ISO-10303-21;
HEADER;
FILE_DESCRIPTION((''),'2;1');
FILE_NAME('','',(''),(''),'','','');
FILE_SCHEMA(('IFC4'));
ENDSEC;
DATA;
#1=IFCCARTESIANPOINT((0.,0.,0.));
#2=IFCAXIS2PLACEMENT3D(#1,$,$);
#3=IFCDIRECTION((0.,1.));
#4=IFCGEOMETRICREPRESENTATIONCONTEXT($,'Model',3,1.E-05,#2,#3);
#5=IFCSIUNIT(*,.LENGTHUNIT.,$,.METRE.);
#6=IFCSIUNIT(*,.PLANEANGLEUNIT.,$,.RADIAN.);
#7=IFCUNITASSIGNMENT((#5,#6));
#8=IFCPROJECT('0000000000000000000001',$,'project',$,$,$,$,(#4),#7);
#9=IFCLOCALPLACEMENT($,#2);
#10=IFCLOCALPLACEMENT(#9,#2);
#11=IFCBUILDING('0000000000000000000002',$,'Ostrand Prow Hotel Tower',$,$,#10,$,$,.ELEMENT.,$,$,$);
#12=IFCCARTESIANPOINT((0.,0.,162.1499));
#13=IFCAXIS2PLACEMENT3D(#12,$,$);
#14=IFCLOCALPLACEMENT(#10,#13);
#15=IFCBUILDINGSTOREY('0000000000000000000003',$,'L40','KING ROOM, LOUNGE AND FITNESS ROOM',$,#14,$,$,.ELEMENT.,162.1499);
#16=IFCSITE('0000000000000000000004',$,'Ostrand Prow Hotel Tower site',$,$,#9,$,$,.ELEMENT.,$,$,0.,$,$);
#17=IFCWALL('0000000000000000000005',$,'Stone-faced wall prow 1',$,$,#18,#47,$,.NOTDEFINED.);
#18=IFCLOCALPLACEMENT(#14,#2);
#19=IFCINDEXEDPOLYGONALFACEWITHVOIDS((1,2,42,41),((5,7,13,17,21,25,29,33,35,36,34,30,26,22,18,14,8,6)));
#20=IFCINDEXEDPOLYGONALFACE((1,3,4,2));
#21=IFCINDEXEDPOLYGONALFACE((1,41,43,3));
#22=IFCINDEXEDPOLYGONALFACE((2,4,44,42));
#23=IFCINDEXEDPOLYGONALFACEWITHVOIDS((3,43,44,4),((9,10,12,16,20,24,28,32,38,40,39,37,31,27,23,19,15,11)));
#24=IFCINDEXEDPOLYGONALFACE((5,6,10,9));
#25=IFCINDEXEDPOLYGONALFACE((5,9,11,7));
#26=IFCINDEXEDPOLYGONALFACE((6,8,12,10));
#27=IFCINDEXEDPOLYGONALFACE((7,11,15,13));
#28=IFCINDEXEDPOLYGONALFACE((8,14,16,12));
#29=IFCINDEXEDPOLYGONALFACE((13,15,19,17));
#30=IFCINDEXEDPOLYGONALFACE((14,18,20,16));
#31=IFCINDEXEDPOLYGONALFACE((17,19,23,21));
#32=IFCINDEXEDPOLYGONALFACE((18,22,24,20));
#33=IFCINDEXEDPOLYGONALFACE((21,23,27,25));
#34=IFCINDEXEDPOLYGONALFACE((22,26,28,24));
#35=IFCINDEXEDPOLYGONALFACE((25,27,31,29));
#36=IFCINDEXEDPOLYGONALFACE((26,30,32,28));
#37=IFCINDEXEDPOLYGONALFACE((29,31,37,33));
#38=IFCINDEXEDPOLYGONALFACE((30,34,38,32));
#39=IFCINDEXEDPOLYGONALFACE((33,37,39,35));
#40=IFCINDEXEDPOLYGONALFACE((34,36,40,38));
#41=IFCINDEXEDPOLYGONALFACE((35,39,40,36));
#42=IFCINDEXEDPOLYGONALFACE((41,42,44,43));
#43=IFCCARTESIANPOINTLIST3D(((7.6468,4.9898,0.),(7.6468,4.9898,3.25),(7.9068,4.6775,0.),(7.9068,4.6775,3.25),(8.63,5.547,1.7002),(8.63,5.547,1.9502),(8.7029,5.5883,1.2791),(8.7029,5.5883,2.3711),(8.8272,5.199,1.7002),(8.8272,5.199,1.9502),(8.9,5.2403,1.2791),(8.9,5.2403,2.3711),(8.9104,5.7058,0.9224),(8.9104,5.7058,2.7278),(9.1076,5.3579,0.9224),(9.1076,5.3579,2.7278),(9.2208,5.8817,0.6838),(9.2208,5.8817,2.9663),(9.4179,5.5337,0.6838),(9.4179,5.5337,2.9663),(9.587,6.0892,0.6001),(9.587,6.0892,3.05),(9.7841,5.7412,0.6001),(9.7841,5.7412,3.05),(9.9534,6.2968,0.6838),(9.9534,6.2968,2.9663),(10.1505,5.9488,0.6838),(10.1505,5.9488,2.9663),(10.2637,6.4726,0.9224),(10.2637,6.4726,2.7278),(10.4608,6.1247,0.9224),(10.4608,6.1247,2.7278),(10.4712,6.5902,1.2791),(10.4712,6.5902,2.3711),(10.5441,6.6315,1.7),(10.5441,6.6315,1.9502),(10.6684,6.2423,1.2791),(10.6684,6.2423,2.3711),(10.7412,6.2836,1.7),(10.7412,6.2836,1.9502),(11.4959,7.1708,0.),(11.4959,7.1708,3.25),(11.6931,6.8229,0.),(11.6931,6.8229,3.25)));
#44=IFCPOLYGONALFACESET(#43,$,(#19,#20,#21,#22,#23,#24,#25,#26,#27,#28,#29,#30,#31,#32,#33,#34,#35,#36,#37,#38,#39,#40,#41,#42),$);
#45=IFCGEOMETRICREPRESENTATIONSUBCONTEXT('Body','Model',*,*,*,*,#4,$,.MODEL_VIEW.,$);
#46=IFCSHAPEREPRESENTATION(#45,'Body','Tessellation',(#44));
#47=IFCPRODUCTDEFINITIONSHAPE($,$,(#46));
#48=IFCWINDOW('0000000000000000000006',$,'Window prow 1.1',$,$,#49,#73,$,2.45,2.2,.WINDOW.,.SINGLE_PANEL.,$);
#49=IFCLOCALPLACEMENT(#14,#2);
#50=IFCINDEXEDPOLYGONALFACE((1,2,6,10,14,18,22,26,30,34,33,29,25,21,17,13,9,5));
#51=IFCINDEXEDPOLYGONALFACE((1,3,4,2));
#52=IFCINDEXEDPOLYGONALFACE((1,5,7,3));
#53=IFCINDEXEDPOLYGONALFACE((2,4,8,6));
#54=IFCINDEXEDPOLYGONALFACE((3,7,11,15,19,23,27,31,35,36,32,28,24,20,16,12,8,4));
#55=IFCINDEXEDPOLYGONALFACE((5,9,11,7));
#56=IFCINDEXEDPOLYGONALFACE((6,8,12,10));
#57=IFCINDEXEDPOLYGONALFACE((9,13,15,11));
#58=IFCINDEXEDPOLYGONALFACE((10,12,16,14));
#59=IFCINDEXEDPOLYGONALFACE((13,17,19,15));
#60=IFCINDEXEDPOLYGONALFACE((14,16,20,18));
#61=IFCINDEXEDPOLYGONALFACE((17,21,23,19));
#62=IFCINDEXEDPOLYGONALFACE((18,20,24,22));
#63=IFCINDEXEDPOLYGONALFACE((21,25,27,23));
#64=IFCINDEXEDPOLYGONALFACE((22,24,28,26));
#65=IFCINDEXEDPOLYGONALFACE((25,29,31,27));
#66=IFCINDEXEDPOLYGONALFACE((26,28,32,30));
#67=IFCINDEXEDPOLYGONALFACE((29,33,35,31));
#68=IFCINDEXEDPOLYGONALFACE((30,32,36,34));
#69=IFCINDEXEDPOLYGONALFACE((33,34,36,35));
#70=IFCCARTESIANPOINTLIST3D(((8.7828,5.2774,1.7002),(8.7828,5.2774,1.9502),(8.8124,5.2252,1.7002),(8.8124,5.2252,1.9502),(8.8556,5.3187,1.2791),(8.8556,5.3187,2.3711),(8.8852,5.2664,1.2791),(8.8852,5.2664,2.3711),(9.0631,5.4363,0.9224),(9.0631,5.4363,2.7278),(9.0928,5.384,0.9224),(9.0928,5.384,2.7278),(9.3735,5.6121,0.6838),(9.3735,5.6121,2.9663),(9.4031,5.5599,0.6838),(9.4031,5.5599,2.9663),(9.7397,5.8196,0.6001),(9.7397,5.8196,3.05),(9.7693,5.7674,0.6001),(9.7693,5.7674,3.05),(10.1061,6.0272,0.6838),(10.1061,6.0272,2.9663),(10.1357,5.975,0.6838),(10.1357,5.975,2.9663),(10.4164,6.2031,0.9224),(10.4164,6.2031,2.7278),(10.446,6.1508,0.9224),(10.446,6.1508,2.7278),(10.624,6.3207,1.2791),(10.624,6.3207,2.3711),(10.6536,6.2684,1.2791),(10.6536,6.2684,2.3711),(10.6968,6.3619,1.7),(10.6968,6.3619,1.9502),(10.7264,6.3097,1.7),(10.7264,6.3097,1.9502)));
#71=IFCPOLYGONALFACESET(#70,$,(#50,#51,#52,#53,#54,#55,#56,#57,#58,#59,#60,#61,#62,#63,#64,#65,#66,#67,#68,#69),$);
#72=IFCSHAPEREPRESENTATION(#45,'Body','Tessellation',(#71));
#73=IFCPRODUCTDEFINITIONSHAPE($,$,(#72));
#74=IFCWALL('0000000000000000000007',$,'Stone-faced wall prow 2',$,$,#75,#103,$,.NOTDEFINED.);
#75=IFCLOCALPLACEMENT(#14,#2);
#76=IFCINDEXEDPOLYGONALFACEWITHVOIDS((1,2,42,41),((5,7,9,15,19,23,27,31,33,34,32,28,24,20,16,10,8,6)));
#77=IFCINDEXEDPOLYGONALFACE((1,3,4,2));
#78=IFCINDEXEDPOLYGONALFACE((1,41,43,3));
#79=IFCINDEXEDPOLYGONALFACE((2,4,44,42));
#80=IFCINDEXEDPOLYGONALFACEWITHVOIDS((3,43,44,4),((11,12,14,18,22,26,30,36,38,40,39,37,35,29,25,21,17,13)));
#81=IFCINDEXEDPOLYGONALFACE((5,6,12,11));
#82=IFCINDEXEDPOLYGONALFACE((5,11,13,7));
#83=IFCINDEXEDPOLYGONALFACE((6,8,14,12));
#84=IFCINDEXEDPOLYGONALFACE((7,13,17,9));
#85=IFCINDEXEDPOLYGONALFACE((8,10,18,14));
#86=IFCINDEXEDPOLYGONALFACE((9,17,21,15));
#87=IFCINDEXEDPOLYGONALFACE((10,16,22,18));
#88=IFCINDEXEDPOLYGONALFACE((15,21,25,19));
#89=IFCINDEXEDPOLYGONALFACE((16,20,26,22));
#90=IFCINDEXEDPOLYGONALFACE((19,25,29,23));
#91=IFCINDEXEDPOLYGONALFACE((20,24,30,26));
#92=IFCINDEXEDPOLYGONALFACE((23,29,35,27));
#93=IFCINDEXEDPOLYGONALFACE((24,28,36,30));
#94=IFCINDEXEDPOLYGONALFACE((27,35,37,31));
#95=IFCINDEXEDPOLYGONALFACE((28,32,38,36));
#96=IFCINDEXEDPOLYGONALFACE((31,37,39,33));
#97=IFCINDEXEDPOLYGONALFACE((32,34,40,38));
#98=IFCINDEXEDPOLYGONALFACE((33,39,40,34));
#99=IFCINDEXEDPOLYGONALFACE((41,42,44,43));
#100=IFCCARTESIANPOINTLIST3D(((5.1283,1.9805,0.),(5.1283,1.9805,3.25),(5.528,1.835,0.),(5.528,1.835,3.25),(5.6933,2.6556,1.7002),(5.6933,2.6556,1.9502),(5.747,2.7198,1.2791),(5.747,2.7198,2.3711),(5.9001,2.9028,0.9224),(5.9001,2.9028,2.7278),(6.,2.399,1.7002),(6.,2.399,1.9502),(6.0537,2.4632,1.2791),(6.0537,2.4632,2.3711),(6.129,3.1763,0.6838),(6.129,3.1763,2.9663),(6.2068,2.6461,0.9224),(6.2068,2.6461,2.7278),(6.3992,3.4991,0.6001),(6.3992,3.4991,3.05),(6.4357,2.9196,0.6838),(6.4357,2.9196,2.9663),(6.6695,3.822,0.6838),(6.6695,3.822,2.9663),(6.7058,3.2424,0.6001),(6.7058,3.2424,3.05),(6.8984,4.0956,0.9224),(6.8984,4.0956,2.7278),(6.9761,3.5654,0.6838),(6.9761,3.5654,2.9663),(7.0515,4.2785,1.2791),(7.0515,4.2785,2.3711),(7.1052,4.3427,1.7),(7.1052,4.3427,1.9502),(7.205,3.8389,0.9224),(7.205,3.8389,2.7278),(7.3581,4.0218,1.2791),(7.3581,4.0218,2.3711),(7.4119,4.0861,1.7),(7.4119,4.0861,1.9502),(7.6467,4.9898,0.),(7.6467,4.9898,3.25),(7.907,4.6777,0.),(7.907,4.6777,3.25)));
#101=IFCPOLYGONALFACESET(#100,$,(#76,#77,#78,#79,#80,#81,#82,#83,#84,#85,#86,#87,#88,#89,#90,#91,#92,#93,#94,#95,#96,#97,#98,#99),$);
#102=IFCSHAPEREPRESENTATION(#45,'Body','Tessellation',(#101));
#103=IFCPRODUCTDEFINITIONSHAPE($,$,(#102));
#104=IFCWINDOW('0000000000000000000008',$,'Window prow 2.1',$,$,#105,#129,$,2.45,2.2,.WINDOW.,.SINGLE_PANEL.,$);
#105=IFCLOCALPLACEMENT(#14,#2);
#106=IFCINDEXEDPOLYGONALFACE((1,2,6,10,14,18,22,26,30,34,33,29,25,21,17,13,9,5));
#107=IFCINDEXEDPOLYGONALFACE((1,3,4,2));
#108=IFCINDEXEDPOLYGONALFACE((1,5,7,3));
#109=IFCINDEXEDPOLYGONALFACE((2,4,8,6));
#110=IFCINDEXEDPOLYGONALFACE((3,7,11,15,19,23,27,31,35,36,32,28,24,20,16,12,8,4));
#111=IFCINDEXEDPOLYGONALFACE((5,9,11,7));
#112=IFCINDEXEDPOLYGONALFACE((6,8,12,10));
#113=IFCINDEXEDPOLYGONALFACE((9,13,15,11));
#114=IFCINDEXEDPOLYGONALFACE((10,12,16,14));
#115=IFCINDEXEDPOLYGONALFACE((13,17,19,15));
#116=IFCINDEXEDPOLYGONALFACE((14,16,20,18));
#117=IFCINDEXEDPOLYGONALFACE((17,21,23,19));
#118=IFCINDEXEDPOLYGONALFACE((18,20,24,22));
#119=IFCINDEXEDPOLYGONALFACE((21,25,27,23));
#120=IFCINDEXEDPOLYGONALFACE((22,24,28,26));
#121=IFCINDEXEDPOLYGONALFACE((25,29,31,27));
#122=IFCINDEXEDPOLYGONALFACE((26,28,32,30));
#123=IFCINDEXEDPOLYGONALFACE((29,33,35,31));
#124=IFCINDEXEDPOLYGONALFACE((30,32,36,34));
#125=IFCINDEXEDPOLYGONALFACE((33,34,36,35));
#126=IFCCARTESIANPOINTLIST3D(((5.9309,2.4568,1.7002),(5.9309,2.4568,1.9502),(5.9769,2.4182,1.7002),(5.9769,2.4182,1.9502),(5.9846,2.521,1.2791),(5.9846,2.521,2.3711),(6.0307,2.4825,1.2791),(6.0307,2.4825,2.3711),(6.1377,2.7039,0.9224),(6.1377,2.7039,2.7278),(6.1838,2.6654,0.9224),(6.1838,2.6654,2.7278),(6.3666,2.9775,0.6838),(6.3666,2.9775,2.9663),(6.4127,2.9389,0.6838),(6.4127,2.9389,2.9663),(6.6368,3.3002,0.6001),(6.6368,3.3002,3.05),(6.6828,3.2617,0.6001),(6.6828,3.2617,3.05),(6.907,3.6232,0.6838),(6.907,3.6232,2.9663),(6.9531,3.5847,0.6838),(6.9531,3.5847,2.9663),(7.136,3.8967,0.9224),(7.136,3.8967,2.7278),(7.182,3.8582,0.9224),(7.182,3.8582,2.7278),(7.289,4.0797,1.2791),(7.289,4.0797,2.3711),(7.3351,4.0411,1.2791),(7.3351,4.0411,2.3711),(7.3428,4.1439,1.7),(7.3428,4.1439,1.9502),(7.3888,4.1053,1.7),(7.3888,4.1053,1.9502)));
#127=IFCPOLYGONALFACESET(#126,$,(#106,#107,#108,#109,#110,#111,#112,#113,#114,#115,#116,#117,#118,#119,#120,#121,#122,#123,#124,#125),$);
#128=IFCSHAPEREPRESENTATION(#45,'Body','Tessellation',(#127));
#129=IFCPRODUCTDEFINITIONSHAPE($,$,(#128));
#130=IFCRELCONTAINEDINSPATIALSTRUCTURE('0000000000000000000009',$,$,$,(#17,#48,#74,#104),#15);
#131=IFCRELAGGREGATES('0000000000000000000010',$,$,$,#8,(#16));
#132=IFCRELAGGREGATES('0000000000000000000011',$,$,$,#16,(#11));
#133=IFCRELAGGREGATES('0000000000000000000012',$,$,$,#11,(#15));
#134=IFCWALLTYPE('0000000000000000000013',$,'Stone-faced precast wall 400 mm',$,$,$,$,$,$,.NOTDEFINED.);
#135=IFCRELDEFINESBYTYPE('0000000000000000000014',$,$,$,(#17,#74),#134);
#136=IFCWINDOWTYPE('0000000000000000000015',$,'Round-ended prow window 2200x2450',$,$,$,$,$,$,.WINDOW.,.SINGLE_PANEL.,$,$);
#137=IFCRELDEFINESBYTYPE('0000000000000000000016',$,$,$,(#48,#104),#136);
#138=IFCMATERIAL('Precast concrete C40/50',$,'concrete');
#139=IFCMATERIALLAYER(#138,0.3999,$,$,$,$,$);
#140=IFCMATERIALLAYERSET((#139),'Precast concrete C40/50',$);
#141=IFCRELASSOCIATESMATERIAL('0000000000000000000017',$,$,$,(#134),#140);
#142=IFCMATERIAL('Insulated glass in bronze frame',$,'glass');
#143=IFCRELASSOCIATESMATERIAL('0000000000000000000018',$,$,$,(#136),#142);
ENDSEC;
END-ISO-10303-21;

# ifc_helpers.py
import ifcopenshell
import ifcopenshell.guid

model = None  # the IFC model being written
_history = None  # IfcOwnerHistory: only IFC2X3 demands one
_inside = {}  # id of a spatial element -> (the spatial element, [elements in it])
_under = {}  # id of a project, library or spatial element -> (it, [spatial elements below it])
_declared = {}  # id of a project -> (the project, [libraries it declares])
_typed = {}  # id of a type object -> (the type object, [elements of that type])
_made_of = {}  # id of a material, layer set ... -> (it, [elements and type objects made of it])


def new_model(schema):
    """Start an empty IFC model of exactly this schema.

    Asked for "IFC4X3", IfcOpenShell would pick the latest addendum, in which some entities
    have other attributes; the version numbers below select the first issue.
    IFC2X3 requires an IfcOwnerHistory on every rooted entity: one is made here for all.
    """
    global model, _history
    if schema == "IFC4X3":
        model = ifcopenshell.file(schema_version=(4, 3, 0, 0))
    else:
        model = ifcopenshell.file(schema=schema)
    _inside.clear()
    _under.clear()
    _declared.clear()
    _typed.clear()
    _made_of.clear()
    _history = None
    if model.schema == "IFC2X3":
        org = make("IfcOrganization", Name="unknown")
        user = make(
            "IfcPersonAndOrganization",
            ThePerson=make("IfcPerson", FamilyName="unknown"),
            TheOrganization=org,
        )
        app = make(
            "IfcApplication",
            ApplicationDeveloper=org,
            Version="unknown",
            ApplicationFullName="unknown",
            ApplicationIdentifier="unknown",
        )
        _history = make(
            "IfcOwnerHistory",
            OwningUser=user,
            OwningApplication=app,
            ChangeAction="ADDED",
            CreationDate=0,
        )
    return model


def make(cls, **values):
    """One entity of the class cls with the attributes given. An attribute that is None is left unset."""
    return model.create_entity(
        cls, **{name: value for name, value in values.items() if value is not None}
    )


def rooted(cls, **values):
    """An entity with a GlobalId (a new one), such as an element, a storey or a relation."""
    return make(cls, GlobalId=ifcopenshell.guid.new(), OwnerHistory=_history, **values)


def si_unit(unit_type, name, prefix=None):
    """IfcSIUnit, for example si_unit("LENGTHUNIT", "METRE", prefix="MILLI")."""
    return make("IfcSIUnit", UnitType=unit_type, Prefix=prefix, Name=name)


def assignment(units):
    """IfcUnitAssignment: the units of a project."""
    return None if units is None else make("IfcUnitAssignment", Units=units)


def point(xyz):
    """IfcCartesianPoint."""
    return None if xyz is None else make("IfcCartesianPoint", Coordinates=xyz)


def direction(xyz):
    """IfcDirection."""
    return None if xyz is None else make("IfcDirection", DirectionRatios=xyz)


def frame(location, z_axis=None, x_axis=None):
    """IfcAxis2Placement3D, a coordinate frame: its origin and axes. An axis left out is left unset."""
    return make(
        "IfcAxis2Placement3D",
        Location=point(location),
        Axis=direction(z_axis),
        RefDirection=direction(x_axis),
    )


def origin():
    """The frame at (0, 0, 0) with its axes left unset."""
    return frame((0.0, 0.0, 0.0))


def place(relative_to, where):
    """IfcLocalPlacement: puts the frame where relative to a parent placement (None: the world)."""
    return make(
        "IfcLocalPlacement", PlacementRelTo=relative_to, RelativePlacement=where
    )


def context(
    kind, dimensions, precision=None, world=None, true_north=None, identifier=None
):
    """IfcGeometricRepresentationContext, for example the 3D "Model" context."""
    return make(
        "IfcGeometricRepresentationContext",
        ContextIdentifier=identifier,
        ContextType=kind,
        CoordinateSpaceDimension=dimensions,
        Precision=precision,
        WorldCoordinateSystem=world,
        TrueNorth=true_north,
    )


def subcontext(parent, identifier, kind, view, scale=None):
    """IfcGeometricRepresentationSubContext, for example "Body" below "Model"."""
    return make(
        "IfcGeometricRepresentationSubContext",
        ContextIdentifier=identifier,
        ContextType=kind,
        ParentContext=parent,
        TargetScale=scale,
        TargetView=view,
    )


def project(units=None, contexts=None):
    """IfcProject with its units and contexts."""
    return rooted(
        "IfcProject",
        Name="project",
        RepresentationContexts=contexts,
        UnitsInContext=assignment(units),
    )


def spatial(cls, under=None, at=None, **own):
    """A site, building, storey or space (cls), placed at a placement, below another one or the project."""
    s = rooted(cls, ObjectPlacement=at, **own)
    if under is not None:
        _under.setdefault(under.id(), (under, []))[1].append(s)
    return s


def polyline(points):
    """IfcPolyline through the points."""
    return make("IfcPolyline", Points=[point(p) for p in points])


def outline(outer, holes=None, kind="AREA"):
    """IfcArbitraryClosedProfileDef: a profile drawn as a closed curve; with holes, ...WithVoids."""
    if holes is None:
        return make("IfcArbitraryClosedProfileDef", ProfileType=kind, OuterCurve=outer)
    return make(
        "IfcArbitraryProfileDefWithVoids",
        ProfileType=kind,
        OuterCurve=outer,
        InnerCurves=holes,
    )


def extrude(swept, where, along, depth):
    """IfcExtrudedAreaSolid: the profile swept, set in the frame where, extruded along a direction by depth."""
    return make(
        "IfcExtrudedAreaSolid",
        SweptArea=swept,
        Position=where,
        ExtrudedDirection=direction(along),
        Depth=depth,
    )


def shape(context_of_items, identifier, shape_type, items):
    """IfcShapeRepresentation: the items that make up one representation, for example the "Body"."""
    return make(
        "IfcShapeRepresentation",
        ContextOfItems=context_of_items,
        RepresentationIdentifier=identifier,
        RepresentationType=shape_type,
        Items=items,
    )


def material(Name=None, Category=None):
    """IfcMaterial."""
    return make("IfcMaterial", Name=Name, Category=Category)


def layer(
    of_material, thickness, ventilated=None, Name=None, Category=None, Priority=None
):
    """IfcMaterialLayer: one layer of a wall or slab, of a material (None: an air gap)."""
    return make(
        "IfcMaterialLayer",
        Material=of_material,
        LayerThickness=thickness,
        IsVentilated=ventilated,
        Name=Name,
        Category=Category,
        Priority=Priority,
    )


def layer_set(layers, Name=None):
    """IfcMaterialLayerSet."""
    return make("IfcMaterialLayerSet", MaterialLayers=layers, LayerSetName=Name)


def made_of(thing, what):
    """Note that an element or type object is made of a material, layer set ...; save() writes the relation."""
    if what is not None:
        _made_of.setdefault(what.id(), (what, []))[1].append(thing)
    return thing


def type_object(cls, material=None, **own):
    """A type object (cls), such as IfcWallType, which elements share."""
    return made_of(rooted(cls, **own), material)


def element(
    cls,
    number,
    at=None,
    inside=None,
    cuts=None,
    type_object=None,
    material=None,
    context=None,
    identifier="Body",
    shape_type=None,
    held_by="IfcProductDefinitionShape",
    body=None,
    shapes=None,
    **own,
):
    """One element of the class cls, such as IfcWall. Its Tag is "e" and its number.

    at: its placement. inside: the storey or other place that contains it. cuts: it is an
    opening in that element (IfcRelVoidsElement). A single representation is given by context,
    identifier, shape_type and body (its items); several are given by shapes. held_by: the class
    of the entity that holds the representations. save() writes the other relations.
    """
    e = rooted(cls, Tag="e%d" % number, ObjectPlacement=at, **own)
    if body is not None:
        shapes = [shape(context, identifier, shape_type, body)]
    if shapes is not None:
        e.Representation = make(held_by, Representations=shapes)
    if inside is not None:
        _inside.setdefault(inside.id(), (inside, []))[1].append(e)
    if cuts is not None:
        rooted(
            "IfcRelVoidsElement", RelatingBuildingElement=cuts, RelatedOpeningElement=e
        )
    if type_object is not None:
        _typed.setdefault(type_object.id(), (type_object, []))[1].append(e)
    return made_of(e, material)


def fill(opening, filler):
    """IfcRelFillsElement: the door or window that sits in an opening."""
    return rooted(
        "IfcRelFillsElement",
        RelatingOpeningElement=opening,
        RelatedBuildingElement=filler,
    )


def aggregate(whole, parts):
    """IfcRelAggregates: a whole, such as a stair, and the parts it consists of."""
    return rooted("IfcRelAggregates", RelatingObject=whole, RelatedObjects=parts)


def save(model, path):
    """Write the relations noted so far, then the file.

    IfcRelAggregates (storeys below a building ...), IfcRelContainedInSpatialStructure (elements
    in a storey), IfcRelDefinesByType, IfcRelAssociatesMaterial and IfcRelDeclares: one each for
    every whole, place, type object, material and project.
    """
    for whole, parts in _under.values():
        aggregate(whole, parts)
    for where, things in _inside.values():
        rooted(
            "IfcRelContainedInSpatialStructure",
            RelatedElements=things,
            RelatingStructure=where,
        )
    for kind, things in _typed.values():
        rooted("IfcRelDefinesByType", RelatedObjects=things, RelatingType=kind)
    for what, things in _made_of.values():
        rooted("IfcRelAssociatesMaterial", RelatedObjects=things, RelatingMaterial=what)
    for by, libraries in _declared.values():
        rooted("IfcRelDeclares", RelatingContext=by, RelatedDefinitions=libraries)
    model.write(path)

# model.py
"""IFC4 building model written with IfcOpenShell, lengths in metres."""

from ifc_helpers import new_model, si_unit, direction, frame, origin, place, context, subcontext, project, spatial, polyline, outline, extrude, material, layer, layer_set, type_object, element, fill, save


model = new_model("IFC4")

# Units and contexts
model_context = context("Model", 3, precision=1e-05, world=origin(), true_north=direction((0.0, 1.0)))
body_context = subcontext(model_context, "Body", "Model", "MODEL_VIEW")
ifc_project = project(units=[si_unit("LENGTHUNIT", "METRE"), si_unit("PLANEANGLEUNIT", "RADIAN")], contexts=[model_context])

# Site, building, storey
site_placement = place(None, origin())
site = spatial("IfcSite", under=ifc_project, at=site_placement, Name="Ostrand Prow Hotel Tower site", CompositionType="ELEMENT", RefElevation=0.0)
building_placement = place(site_placement, origin())
building = spatial("IfcBuilding", under=site, at=building_placement, Name="Ostrand Prow Hotel Tower", CompositionType="ELEMENT")
storey_placement = place(building_placement, frame((0.0, 0.0, 162.1499)))
storey = spatial("IfcBuildingStorey", under=building, at=storey_placement, Name="L40", Description="KING ROOM, LOUNGE AND FITNESS ROOM", CompositionType="ELEMENT", Elevation=162.1499)

# Walls, openings, windows
ifc_material_1 = material(Name="Precast concrete C40/50", Category="concrete")
ifc_layer_1 = layer(ifc_material_1, 0.3999)
ifc_layer_set_1 = layer_set([ifc_layer_1], Name="Precast concrete C40/50")
wall_type_1 = type_object("IfcWallType", Name="Stone-faced precast wall 400 mm", PredefinedType="NOTDEFINED", material=ifc_layer_set_1)
wall_1_placement = place(storey_placement, frame((11.5945, 6.9968, 0.0), z_axis=(0.0, 0.0, 1.0), x_axis=(-0.870045, -0.492972, 0.0)))
wall_1 = element("IfcWall", 1, at=wall_1_placement, inside=storey, type_object=wall_type_1, Name="Stone-faced wall prow 1", PredefinedType="NOTDEFINED", context=body_context, shape_type="SweptSolid", body=[
    extrude(outline(polyline([(0.0, -0.2), (4.4241, -0.2), (4.3518, 0.2), (0.0, 0.2), (0.0, -0.2)])), origin(), (0.0, 0.0, 1.0), 3.25),
])
opening_1_placement = place(wall_1_placement, frame((1.094, 0.0, 0.6001)))
opening_1 = element("IfcOpeningElement", 2, at=opening_1_placement, cuts=wall_1, PredefinedType="OPENING", context=body_context, shape_type="SweptSolid", body=[
    extrude(outline(polyline([(0.0, 1.3501), (0.0837, 1.771), (0.3223, 2.1277), (0.679, 2.3662), (1.1001, 2.45), (1.521, 2.3662), (1.8777, 2.1277), (2.1162, 1.771), (2.2, 1.3501), (2.2, 1.1001), (2.1162, 0.679), (1.8777, 0.3223), (1.521, 0.0837), (1.1001, 0.0), (0.679, 0.0837), (0.3223, 0.3223), (0.0837, 0.679), (0.0, 1.0999), (0.0, 1.3501)])), frame((0.0, 0.21, 0.0), z_axis=(0.0, -1.0, 0.0), x_axis=(1.0, 0.0, 0.0)), (0.0, 0.0, 1.0), 0.4199),
])
ifc_material_2 = material(Name="Insulated glass in bronze frame", Category="glass")
window_type = type_object("IfcWindowType", Name="Round-ended prow window 2200x2450", PartitioningType="SINGLE_PANEL", PredefinedType="WINDOW", material=ifc_material_2)
window_1_placement = place(opening_1_placement, origin())
window_1 = element("IfcWindow", 3, at=window_1_placement, inside=storey, type_object=window_type, Name="Window prow 1.1", OverallHeight=2.45, OverallWidth=2.2, PartitioningType="SINGLE_PANEL", PredefinedType="WINDOW", context=body_context, shape_type="SweptSolid", body=[
    extrude(outline(polyline([(0.0, 1.3501), (0.0837, 1.771), (0.3223, 2.1277), (0.679, 2.3662), (1.1001, 2.45), (1.521, 2.3662), (1.8777, 2.1277), (2.1162, 1.771), (2.2, 1.3501), (2.2, 1.1001), (2.1162, 0.679), (1.8777, 0.3223), (1.521, 0.0837), (1.1001, 0.0), (0.679, 0.0837), (0.3223, 0.3223), (0.0837, 0.679), (0.0, 1.0999), (0.0, 1.3501)])), frame((0.0, 0.1699, 0.0), z_axis=(0.0, -1.0, 0.0), x_axis=(1.0, 0.0, 0.0)), (0.0, 0.0, 1.0), 0.0601),
])
fill(opening_1, window_1)
wall_2_placement = place(storey_placement, frame((7.7769, 4.8337, 0.0), z_axis=(0.0, 0.0, 1.0), x_axis=(-0.641788, -0.766882, 0.0)))
wall_2 = element("IfcWall", 4, at=wall_2_placement, inside=storey, type_object=wall_type_1, Name="Stone-faced wall prow 2", PredefinedType="NOTDEFINED", context=body_context, shape_type="SweptSolid", body=[
    extrude(outline(polyline([(-0.0361, -0.2), (3.8879, -0.2), (3.7429, 0.2), (0.0361, 0.2), (-0.0361, -0.2)])), origin(), (0.0, 0.0, 1.0), 3.25),
])
opening_2_placement = place(wall_2_placement, frame((0.8076, 0.0, 0.6001)))
opening_2 = element("IfcOpeningElement", 5, at=opening_2_placement, cuts=wall_2, PredefinedType="OPENING", context=body_context, shape_type="SweptSolid", body=[
    extrude(outline(polyline([(0.0, 1.3501), (0.0837, 1.771), (0.3223, 2.1277), (0.679, 2.3662), (1.1001, 2.45), (1.521, 2.3662), (1.8777, 2.1277), (2.1162, 1.771), (2.2, 1.3501), (2.2, 1.1001), (2.1162, 0.679), (1.8777, 0.3223), (1.521, 0.0837), (1.1001, 0.0), (0.679, 0.0837), (0.3223, 0.3223), (0.0837, 0.679), (0.0, 1.0999), (0.0, 1.3501)])), frame((0.0, 0.21, 0.0), z_axis=(0.0, -1.0, 0.0), x_axis=(1.0, 0.0, 0.0)), (0.0, 0.0, 1.0), 0.4199),
])
window_2_placement = place(opening_2_placement, origin())
window_2 = element("IfcWindow", 6, at=window_2_placement, inside=storey, type_object=window_type, Name="Window prow 2.1", OverallHeight=2.45, OverallWidth=2.2, PartitioningType="SINGLE_PANEL", PredefinedType="WINDOW", context=body_context, shape_type="SweptSolid", body=[
    extrude(outline(polyline([(0.0, 1.3501), (0.0837, 1.771), (0.3223, 2.1277), (0.679, 2.3662), (1.1001, 2.45), (1.521, 2.3662), (1.8777, 2.1277), (2.1162, 1.771), (2.2, 1.3501), (2.2, 1.1001), (2.1162, 0.679), (1.8777, 0.3223), (1.521, 0.0837), (1.1001, 0.0), (0.679, 0.0837), (0.3223, 0.3223), (0.0837, 0.679), (0.0, 1.0999), (0.0, 1.3501)])), frame((0.0, 0.1699, 0.0), z_axis=(0.0, -1.0, 0.0), x_axis=(1.0, 0.0, 0.0)), (0.0, 0.0, 1.0), 0.0601),
])
fill(opening_2, window_2)

save(model, "model.ifc")
